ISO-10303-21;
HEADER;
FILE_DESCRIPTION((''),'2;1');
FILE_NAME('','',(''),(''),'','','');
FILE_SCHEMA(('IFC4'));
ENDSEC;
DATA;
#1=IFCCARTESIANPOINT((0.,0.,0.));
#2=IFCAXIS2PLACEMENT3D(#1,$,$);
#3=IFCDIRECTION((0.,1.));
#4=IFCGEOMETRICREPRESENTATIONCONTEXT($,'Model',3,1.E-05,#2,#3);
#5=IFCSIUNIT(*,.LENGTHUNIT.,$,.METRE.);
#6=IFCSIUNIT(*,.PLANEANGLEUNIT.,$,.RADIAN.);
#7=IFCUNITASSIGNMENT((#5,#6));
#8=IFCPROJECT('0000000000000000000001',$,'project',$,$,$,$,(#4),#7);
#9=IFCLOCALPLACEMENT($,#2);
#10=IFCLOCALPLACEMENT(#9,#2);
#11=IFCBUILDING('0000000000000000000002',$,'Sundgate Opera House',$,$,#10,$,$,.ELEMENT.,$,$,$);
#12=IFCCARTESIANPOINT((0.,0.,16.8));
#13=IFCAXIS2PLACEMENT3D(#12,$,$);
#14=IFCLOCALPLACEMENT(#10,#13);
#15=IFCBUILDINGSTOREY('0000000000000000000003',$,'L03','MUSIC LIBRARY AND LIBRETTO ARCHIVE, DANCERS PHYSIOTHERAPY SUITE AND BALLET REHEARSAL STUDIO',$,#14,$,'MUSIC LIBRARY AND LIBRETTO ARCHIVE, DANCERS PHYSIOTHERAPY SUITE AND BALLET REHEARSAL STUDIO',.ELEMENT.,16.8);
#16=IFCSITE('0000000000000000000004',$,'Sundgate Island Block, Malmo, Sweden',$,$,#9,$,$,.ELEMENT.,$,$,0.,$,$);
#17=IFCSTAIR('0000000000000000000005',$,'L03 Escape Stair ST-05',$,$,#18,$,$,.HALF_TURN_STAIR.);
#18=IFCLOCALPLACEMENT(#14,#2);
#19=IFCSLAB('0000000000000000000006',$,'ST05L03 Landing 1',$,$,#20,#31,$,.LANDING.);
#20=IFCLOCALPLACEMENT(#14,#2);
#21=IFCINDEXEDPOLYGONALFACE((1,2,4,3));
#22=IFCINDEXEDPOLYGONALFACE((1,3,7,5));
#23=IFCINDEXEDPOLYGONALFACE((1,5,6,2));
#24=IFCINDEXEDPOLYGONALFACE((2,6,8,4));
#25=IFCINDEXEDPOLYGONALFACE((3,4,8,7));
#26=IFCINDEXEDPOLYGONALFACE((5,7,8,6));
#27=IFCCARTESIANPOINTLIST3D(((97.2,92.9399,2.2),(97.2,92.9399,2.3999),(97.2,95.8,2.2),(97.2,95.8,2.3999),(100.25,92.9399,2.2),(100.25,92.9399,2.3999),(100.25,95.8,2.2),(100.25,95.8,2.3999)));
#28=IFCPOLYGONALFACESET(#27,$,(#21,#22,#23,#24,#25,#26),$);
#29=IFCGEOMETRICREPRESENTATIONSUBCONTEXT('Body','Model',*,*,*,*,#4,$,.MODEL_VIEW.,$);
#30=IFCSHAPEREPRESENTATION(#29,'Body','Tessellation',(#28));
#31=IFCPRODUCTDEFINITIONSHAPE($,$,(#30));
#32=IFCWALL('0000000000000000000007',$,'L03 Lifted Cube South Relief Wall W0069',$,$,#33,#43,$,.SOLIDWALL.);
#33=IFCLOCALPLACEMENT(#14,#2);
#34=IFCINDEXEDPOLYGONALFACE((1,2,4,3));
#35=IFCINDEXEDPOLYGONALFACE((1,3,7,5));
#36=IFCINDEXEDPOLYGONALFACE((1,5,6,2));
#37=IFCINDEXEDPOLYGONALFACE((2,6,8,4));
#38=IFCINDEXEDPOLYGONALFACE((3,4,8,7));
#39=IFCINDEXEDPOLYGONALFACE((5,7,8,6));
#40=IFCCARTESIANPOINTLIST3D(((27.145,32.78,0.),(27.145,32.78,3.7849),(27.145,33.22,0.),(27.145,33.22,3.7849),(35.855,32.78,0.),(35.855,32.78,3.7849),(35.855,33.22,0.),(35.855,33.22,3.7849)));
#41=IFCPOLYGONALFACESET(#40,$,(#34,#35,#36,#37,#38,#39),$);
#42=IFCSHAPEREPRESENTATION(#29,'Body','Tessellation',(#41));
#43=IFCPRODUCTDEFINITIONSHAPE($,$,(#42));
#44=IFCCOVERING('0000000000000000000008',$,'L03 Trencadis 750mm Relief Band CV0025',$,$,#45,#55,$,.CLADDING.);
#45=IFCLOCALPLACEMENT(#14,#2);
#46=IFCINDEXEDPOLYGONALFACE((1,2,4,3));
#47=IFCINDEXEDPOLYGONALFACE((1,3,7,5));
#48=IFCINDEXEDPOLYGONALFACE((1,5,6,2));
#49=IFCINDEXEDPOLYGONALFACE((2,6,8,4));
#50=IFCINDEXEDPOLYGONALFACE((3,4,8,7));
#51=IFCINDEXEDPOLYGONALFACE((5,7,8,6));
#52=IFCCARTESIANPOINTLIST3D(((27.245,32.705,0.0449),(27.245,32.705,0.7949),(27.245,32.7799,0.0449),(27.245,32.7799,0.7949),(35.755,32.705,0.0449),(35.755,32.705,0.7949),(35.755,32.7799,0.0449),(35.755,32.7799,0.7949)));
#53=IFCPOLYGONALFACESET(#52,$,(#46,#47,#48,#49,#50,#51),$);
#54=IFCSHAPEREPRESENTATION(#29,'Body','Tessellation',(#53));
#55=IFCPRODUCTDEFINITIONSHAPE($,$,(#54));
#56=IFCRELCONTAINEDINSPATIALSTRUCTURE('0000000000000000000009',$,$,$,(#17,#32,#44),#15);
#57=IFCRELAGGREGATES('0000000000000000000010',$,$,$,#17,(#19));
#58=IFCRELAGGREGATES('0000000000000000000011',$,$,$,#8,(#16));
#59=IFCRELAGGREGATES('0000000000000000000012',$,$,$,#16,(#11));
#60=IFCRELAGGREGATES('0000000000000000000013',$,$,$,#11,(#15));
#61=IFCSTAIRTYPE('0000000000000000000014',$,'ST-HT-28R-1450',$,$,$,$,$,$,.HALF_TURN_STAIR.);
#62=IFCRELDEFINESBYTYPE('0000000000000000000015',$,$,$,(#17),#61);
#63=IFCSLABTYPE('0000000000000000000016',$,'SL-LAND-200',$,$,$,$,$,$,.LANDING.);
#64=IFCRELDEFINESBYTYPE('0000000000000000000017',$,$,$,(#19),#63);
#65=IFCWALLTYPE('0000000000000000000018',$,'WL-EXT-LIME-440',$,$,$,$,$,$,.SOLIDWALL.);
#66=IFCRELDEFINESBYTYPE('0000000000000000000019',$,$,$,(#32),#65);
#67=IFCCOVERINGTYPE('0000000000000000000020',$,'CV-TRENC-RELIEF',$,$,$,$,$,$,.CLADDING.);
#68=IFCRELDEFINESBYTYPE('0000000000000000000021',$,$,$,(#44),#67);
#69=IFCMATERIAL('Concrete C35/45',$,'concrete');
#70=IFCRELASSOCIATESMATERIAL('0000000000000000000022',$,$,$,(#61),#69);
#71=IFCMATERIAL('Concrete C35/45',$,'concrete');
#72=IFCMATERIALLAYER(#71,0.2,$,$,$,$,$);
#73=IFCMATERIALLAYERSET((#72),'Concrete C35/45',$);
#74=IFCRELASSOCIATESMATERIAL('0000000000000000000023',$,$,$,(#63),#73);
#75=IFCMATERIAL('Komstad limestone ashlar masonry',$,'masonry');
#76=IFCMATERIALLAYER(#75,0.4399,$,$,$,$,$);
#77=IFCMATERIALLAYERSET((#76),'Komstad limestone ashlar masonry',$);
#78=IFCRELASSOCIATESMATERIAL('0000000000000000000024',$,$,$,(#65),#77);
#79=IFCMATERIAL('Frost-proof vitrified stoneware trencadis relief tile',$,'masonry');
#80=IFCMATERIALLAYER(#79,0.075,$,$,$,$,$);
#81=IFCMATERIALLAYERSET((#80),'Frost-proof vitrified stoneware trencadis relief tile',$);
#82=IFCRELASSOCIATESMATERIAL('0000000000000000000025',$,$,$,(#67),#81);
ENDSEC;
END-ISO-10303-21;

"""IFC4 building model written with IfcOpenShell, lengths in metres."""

from ifc_helpers import new_model, si_unit, direction, frame, frame_2d, origin, origin_2d, place, context, subcontext, project, spatial, polyline, rectangle, outline, extrude, material, layer, layer_set, type_object, element, aggregate, save


model = new_model("IFC4")

# Units and contexts
model_context = context("Model", 3, precision=1e-05, world=origin(), true_north=direction((0.0, 1.0)))
body_context = subcontext(model_context, "Body", "Model", "MODEL_VIEW")
ifc_project = project(units=[si_unit("LENGTHUNIT", "METRE"), si_unit("PLANEANGLEUNIT", "RADIAN")], contexts=[model_context])

# Site, building, storey
site_placement = place(None, origin())
site = spatial("IfcSite", under=ifc_project, at=site_placement, Name="Sundgate Island Block, Malmo, Sweden", CompositionType="ELEMENT", RefElevation=0.0)
building_placement = place(site_placement, origin())
building = spatial("IfcBuilding", under=site, at=building_placement, Name="Sundgate Opera House", CompositionType="ELEMENT")
storey_placement = place(building_placement, frame((0.0, 0.0, 16.8)))
storey = spatial("IfcBuildingStorey", under=building, at=storey_placement, Name="L03", Description="MUSIC LIBRARY AND LIBRETTO ARCHIVE, DANCERS PHYSIOTHERAPY SUITE AND BALLET REHEARSAL STUDIO", LongName="MUSIC LIBRARY AND LIBRETTO ARCHIVE, DANCERS PHYSIOTHERAPY SUITE AND BALLET REHEARSAL STUDIO", CompositionType="ELEMENT", Elevation=16.8)

# Stair, slab
ifc_material_1 = material(Name="Concrete C35/45", Category="concrete")
stair_type = type_object("IfcStairType", Name="ST-HT-28R-1450", PredefinedType="HALF_TURN_STAIR", material=ifc_material_1)
ifc_material_2 = material(Name="Concrete C35/45", Category="concrete")
ifc_layer_1 = layer(ifc_material_2, 0.2)
ifc_layer_set_1 = layer_set([ifc_layer_1], Name="Concrete C35/45")
slab_type = type_object("IfcSlabType", Name="SL-LAND-200", PredefinedType="LANDING", material=ifc_layer_set_1)
stair_1_placement = place(storey_placement, origin())
stair_1 = element("IfcStair", 1, at=stair_1_placement, inside=storey, type_object=stair_type, Name="L03 Escape Stair ST-05", PredefinedType="HALF_TURN_STAIR")
slab_1_placement = place(storey_placement, frame((0.0, 0.0, 2.2)))
slab_1 = element("IfcSlab", 2, at=slab_1_placement, type_object=slab_type, Name="ST05L03 Landing 1", PredefinedType="LANDING", context=body_context, shape_type="SweptSolid", body=[
    extrude(outline(polyline([(100.25, 92.9399), (100.25, 95.8), (97.2, 95.8), (97.2, 92.9399), (100.25, 92.9399)])), origin(), (0.0, 0.0, 1.0), 0.2),
])
aggregate(stair_1, [slab_1])

# Wall
ifc_material_3 = material(Name="Komstad limestone ashlar masonry", Category="masonry")
ifc_layer_2 = layer(ifc_material_3, 0.4399)
ifc_layer_set_2 = layer_set([ifc_layer_2], Name="Komstad limestone ashlar masonry")
wall_type = type_object("IfcWallType", Name="WL-EXT-LIME-440", PredefinedType="SOLIDWALL", material=ifc_layer_set_2)
wall_placement = place(storey_placement, frame((35.855, 33.0, 0.0), z_axis=(0.0, 0.0, 1.0), x_axis=(-1.0, 0.0, 0.0)))
element("IfcWall", 3, at=wall_placement, inside=storey, type_object=wall_type, Name="L03 Lifted Cube South Relief Wall W0069", PredefinedType="SOLIDWALL", context=body_context, shape_type="SweptSolid", body=[
    extrude(rectangle(XDim=8.71, YDim=0.4399, at=frame_2d((4.355, 0.0))), origin(), (0.0, 0.0, 1.0), 3.7849),
])

# Covering
ifc_material_4 = material(Name="Frost-proof vitrified stoneware trencadis relief tile", Category="masonry")
ifc_layer_3 = layer(ifc_material_4, 0.075)
ifc_layer_set_3 = layer_set([ifc_layer_3], Name="Frost-proof vitrified stoneware trencadis relief tile")
covering_type = type_object("IfcCoveringType", Name="CV-TRENC-RELIEF", PredefinedType="CLADDING", material=ifc_layer_set_3)
covering_placement = place(storey_placement, frame((31.5, 32.7424, 0.0449), z_axis=(0.0, 0.0, 1.0), x_axis=(1.0, 0.0, 0.0)))
element("IfcCovering", 4, at=covering_placement, inside=storey, type_object=covering_type, Name="L03 Trencadis 750mm Relief Band CV0025", PredefinedType="CLADDING", context=body_context, shape_type="SweptSolid", body=[
    extrude(rectangle(XDim=8.51, YDim=0.075, at=origin_2d()), origin(), (0.0, 0.0, 1.0), 0.75),
])

save(model, "model.ifc")
